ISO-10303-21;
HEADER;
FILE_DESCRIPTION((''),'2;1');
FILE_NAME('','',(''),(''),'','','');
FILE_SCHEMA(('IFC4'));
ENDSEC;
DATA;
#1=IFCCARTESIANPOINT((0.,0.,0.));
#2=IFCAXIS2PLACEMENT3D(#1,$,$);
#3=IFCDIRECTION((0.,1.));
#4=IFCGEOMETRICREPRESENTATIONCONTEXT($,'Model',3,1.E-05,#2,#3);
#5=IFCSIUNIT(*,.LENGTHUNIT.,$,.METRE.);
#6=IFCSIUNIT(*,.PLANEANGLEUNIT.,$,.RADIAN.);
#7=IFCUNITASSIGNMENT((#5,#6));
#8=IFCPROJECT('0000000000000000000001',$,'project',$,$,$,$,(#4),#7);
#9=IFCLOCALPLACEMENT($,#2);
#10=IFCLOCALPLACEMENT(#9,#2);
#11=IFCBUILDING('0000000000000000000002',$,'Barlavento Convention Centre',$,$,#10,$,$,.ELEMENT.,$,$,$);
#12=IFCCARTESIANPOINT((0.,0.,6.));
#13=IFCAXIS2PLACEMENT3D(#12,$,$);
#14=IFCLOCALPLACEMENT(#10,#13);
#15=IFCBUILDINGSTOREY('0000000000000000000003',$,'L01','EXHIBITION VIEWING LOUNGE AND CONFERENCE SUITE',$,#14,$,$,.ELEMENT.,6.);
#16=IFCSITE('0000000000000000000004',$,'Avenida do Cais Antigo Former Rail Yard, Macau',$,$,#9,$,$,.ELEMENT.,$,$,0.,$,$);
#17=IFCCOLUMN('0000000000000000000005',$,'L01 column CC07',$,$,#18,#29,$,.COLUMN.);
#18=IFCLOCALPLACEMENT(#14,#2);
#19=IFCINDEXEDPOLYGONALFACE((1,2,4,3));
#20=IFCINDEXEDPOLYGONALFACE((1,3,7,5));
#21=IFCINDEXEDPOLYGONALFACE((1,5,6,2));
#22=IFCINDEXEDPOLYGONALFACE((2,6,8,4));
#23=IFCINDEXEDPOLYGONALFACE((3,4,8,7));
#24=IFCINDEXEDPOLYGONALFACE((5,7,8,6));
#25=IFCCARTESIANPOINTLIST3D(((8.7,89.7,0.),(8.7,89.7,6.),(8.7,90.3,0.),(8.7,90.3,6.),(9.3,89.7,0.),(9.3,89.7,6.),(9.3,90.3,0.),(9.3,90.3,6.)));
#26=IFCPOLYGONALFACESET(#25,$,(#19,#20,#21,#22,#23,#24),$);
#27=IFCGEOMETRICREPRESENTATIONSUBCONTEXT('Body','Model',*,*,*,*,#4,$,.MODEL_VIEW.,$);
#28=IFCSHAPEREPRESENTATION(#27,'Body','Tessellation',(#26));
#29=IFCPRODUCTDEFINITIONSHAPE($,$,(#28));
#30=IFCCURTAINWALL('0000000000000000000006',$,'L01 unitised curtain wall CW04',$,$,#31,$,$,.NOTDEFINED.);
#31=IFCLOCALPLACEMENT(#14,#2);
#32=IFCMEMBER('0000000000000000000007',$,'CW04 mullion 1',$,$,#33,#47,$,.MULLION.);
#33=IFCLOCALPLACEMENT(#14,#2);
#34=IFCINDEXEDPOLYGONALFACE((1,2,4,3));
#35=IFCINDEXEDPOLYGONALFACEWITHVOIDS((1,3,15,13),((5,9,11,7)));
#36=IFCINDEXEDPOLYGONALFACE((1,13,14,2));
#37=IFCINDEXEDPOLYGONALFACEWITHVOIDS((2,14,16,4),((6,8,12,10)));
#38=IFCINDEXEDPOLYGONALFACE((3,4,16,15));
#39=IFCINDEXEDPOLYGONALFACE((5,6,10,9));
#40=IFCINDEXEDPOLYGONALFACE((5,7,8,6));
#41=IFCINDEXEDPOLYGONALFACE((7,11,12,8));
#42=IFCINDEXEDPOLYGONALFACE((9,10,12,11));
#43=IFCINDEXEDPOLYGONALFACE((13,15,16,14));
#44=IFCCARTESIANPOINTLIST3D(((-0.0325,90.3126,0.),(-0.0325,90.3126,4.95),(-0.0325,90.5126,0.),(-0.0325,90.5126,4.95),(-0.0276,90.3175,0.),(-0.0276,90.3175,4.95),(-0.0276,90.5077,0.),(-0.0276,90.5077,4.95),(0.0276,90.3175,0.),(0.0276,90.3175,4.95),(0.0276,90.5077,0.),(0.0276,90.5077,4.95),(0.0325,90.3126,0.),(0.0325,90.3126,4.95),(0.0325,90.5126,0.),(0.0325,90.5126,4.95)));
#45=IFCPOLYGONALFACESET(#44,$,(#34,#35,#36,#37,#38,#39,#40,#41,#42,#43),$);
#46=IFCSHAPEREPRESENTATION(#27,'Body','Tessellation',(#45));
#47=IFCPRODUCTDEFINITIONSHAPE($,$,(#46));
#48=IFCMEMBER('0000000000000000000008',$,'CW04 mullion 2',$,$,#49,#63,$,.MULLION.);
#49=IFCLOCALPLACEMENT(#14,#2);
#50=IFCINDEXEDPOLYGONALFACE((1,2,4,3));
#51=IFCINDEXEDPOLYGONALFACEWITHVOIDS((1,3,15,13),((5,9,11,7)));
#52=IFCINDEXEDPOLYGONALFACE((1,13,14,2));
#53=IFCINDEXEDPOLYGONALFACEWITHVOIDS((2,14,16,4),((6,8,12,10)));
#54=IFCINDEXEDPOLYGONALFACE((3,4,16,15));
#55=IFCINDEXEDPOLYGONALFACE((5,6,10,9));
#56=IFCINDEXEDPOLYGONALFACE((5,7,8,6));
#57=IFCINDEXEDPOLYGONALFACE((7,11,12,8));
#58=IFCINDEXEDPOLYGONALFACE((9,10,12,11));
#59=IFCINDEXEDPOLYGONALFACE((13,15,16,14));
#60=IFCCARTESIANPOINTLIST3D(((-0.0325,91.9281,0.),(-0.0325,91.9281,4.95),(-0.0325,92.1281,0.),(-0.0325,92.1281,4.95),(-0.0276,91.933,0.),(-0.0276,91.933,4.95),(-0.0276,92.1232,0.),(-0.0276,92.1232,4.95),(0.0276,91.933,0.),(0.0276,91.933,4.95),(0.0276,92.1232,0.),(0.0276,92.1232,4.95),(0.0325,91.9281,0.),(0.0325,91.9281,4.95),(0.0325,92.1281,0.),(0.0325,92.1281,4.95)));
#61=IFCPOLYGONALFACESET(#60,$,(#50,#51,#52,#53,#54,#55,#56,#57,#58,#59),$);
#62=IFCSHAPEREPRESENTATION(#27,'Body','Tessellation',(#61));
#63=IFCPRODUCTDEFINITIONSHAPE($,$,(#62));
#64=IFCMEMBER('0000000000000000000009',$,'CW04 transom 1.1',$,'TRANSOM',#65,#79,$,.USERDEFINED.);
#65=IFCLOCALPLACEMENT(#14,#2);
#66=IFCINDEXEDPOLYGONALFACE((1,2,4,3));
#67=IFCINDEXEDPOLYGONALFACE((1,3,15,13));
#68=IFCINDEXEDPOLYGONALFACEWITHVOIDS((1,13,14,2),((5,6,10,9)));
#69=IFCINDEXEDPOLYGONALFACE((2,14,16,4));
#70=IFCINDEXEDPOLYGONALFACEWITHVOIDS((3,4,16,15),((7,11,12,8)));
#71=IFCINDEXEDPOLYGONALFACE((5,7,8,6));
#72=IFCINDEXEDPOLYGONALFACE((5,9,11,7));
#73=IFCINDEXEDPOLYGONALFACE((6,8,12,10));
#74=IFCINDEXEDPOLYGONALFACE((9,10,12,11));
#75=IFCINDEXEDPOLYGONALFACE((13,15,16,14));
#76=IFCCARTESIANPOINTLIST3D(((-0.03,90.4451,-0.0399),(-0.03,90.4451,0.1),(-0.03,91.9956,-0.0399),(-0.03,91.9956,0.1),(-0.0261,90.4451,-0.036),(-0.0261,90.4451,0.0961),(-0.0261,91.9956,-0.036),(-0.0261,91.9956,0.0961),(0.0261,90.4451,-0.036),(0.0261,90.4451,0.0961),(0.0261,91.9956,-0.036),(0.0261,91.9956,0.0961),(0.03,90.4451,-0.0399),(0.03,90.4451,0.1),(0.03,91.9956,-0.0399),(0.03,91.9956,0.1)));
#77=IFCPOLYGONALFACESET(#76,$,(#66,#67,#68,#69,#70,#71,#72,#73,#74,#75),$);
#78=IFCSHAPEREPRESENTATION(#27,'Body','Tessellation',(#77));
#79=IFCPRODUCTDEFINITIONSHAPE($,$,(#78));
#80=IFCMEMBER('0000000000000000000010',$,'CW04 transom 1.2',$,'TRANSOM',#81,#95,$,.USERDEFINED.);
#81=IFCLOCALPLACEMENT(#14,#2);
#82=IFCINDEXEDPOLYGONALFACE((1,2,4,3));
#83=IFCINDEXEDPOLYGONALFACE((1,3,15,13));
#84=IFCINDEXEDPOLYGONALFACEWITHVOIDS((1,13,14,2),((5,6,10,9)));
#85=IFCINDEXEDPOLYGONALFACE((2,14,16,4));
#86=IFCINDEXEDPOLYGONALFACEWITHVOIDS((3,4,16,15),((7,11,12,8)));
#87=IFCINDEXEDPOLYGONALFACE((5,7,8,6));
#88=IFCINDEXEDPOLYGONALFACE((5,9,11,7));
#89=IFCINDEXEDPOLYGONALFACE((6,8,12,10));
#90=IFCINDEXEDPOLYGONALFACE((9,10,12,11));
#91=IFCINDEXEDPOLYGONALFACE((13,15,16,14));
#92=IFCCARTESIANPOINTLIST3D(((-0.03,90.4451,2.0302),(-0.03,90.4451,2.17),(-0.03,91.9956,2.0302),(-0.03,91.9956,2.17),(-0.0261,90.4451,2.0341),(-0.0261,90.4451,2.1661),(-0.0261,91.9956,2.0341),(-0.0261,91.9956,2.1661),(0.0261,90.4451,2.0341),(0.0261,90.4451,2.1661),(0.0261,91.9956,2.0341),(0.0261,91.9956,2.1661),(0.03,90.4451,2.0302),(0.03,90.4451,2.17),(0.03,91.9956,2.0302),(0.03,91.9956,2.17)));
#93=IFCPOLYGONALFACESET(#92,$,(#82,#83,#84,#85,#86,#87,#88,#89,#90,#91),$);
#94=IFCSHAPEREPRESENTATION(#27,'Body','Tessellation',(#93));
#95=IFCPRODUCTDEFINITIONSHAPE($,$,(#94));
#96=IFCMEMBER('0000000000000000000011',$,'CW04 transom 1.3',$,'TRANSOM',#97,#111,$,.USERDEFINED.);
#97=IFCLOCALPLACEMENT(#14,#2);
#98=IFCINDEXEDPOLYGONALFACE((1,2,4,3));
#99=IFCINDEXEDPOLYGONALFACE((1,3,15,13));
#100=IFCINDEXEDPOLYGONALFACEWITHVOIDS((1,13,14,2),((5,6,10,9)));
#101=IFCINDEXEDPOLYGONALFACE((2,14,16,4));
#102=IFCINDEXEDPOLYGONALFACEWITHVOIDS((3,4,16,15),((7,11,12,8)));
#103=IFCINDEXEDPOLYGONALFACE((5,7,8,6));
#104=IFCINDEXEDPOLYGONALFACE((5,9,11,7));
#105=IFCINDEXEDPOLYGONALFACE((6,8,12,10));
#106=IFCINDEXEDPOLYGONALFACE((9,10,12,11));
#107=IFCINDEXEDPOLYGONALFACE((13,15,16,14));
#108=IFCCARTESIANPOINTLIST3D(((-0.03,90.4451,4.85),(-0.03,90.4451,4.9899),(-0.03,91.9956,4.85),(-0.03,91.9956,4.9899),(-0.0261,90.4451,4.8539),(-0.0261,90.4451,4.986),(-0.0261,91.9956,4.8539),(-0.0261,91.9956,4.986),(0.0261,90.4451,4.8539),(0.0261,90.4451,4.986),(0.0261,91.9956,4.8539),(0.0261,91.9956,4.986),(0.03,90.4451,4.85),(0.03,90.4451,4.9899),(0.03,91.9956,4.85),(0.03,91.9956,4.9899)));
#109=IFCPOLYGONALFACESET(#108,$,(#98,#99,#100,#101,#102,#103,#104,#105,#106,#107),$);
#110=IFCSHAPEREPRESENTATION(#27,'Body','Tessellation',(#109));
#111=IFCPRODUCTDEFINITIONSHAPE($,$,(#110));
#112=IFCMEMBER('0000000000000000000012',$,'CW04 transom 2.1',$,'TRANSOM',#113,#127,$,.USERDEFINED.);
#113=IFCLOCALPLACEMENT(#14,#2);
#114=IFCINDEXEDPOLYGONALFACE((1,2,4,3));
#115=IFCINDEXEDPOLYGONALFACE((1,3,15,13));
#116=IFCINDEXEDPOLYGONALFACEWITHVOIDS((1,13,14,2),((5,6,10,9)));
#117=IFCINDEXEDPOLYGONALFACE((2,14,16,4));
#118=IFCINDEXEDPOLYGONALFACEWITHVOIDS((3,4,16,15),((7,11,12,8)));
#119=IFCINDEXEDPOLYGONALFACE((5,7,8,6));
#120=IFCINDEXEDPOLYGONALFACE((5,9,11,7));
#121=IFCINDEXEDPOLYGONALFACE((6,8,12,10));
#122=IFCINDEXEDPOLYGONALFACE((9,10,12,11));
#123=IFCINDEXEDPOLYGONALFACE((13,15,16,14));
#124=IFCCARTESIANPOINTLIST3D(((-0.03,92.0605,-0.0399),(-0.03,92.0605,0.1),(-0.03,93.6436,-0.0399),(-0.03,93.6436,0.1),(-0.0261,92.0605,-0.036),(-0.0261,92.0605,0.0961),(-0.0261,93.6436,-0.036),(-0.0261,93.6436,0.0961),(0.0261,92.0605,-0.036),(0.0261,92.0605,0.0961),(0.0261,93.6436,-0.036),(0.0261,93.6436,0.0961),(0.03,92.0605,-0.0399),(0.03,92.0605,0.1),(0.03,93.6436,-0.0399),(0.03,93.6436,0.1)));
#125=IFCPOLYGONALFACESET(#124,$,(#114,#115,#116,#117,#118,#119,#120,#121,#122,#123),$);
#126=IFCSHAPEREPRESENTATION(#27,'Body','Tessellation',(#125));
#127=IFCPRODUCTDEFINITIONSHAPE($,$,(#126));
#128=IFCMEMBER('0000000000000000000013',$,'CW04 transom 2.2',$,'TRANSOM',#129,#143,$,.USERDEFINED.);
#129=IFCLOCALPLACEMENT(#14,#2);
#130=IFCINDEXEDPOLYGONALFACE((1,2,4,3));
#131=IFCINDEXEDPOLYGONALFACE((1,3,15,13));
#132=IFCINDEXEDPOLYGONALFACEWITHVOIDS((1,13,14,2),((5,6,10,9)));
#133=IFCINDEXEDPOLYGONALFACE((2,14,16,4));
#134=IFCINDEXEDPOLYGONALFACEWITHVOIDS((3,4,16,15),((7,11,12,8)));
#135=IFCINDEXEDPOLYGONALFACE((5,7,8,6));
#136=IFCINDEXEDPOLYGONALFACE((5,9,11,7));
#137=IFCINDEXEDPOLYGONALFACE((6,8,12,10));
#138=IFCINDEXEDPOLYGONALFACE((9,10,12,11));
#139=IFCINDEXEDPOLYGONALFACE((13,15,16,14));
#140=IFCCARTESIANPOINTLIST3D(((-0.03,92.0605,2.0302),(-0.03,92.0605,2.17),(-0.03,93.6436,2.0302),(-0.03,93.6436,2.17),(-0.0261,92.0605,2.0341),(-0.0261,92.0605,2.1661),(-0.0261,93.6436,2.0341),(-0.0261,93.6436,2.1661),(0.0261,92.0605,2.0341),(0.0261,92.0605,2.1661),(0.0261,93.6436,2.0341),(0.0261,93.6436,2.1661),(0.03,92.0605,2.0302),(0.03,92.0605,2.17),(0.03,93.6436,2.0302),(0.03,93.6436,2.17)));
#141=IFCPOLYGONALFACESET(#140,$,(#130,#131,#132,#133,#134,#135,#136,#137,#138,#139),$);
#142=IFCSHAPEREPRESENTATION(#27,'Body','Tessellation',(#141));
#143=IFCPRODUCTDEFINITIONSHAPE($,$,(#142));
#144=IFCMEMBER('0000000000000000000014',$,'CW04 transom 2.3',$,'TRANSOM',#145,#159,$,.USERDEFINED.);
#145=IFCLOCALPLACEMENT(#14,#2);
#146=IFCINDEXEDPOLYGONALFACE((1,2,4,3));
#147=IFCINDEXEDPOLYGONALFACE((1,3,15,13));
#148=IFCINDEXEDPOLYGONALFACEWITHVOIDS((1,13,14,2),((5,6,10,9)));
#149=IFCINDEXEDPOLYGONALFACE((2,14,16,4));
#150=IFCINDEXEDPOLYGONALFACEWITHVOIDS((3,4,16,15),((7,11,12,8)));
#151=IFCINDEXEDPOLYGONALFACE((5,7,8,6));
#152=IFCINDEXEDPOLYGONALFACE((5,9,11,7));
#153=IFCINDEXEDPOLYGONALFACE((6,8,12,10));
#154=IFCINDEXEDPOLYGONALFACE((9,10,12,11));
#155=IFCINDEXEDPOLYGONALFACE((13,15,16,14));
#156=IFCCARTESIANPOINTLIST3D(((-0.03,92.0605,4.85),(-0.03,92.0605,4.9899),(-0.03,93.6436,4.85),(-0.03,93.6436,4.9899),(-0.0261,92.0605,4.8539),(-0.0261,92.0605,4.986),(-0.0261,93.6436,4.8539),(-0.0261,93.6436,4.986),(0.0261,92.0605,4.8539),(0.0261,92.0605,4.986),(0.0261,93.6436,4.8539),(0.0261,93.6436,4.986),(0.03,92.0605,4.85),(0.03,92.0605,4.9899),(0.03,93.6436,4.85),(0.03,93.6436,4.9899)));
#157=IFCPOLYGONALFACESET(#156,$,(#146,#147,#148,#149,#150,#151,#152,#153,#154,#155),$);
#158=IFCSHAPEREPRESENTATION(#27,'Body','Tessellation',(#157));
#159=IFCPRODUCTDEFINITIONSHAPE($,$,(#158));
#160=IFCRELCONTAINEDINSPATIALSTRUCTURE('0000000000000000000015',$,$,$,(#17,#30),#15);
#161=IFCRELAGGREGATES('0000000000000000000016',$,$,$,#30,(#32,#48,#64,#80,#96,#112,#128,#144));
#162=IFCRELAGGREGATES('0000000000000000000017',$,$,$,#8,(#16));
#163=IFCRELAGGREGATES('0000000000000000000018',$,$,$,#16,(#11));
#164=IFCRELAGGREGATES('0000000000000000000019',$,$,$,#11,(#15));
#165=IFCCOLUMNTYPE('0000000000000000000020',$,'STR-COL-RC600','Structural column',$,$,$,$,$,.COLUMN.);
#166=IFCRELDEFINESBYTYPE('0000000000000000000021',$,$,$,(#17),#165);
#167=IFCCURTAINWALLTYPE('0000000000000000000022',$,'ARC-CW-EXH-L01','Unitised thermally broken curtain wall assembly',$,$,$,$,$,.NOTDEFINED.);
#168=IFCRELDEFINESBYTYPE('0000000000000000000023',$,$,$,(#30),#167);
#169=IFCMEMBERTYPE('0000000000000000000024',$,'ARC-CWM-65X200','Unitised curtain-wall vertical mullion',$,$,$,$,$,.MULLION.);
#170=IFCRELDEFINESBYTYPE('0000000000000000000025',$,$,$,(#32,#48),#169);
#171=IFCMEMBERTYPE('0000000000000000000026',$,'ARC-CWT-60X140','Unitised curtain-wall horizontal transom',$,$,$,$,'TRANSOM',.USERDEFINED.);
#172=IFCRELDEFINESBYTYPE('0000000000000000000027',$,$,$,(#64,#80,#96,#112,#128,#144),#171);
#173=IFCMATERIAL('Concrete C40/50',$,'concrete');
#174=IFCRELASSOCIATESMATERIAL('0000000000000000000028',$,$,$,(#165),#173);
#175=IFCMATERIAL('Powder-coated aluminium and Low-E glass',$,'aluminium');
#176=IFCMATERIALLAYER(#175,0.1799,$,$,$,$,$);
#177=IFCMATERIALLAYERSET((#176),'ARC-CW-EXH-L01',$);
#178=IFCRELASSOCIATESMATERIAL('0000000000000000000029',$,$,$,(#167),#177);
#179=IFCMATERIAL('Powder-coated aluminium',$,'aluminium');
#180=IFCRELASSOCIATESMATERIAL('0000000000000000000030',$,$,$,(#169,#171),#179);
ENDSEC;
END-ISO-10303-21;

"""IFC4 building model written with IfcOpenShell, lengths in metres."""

from ifc_helpers import new_model, si_unit, direction, frame, origin, origin_2d, place, context, subcontext, project, spatial, rectangle, hollow_rectangle, extrude, material, layer, layer_set, material_profile, profile_set, type_object, element, aggregate, save


model = new_model("IFC4")

# Units and contexts
model_context = context("Model", 3, precision=1e-05, world=origin(), true_north=direction((0.0, 1.0)))
body_context = subcontext(model_context, "Body", "Model", "MODEL_VIEW")
ifc_project = project(units=[si_unit("LENGTHUNIT", "METRE"), si_unit("PLANEANGLEUNIT", "RADIAN")], contexts=[model_context])

# Site, building, storey
site_placement = place(None, origin())
site = spatial("IfcSite", under=ifc_project, at=site_placement, Name="Avenida do Cais Antigo Former Rail Yard, Macau", CompositionType="ELEMENT", RefElevation=0.0)
building_placement = place(site_placement, origin())
building = spatial("IfcBuilding", under=site, at=building_placement, Name="Barlavento Convention Centre", CompositionType="ELEMENT")
storey_placement = place(building_placement, frame((0.0, 0.0, 6.0)))
storey = spatial("IfcBuildingStorey", under=building, at=storey_placement, Name="L01", Description="EXHIBITION VIEWING LOUNGE AND CONFERENCE SUITE", CompositionType="ELEMENT", Elevation=6.0)

# Column
ifc_material_1 = material(Name="Concrete C40/50", Category="concrete")
ifc_material_profile_1 = material_profile(ifc_material_1, rectangle(XDim=0.6001, YDim=0.6001, at=origin_2d()), Name="RC 600x600")
ifc_profile_set_1 = profile_set([ifc_material_profile_1], Name="Concrete C40/50")
column_type = type_object("IfcColumnType", Name="STR-COL-RC600", Description="Structural column", PredefinedType="COLUMN", material=ifc_profile_set_1)
column_placement = place(storey_placement, frame((9.0, 90.0, 0.0), z_axis=(0.0, 0.0, 1.0), x_axis=(1.0, 0.0, 0.0)))
element("IfcColumn", 1, at=column_placement, inside=storey, type_object=column_type, Name="L01 column CC07", PredefinedType="COLUMN", context=body_context, shape_type="SweptSolid", body=[
    extrude(rectangle(XDim=0.6001, YDim=0.6001, at=origin_2d()), origin(), (0.0, 0.0, 1.0), 6.0),
])

# Curtain wall, members
ifc_material_2 = material(Name="Powder-coated aluminium and Low-E glass", Category="aluminium")
ifc_layer_1 = layer(ifc_material_2, 0.1799)
ifc_layer_set_1 = layer_set([ifc_layer_1], Name="ARC-CW-EXH-L01")
curtain_wall_type = type_object("IfcCurtainWallType", Name="ARC-CW-EXH-L01", Description="Unitised thermally broken curtain wall assembly", PredefinedType="NOTDEFINED", material=ifc_layer_set_1)
curtain_wall_placement = place(storey_placement, origin())
curtain_wall = element("IfcCurtainWall", 2, at=curtain_wall_placement, inside=storey, type_object=curtain_wall_type, Name="L01 unitised curtain wall CW04", PredefinedType="NOTDEFINED")
ifc_material_3 = material(Name="Powder-coated aluminium", Category="aluminium")
ifc_material_profile_2 = material_profile(ifc_material_3, hollow_rectangle(XDim=0.0649, YDim=0.2, WallThickness=0.0049, at=origin_2d()), Name="AL-MULL 65x200x5")
ifc_profile_set_2 = profile_set([ifc_material_profile_2], Name="Powder-coated aluminium")
member_type_1 = type_object("IfcMemberType", Name="ARC-CWM-65X200", Description="Unitised curtain-wall vertical mullion", PredefinedType="MULLION", material=ifc_profile_set_2)
member_1_placement = place(storey_placement, frame((0.0, 90.4126, 0.0), z_axis=(0.0, 0.0, 1.0), x_axis=(-1.0, 0.0, 0.0)))
member_1 = element("IfcMember", 3, at=member_1_placement, type_object=member_type_1, Name="CW04 mullion 1", PredefinedType="MULLION", context=body_context, shape_type="SweptSolid", body=[
    extrude(hollow_rectangle(XDim=0.0649, YDim=0.2, WallThickness=0.0049, at=origin_2d()), origin(), (0.0, 0.0, 1.0), 4.95),
])
member_2_placement = place(storey_placement, frame((0.0, 92.0281, 0.0), z_axis=(0.0, 0.0, 1.0), x_axis=(-1.0, 0.0, 0.0)))
member_2 = element("IfcMember", 4, at=member_2_placement, type_object=member_type_1, Name="CW04 mullion 2", PredefinedType="MULLION", context=body_context, shape_type="SweptSolid", body=[
    extrude(hollow_rectangle(XDim=0.0649, YDim=0.2, WallThickness=0.0049, at=origin_2d()), origin(), (0.0, 0.0, 1.0), 4.95),
])
ifc_material_profile_3 = material_profile(ifc_material_3, hollow_rectangle(XDim=0.0601, YDim=0.1399, WallThickness=0.0039, at=origin_2d()), Name="AL-TRAN 60x140x4")
ifc_profile_set_3 = profile_set([ifc_material_profile_3], Name="Powder-coated aluminium")
member_type_2 = type_object("IfcMemberType", Name="ARC-CWT-60X140", Description="Unitised curtain-wall horizontal transom", ElementType="TRANSOM", PredefinedType="USERDEFINED", material=ifc_profile_set_3)
member_3_placement = place(storey_placement, frame((0.0, 90.4451, 0.03), z_axis=(0.0, 1.0, 0.0), x_axis=(-1.0, 0.0, 0.0)))
member_3 = element("IfcMember", 5, at=member_3_placement, type_object=member_type_2, Name="CW04 transom 1.1", ObjectType="TRANSOM", PredefinedType="USERDEFINED", context=body_context, shape_type="SweptSolid", body=[
    extrude(hollow_rectangle(XDim=0.0601, YDim=0.1399, WallThickness=0.0039, at=origin_2d()), origin(), (0.0, 0.0, 1.0), 1.5505),
])
member_4_placement = place(storey_placement, frame((0.0, 90.4451, 2.1001), z_axis=(0.0, 1.0, 0.0), x_axis=(-1.0, 0.0, 0.0)))
member_4 = element("IfcMember", 6, at=member_4_placement, type_object=member_type_2, Name="CW04 transom 1.2", ObjectType="TRANSOM", PredefinedType="USERDEFINED", context=body_context, shape_type="SweptSolid", body=[
    extrude(hollow_rectangle(XDim=0.0601, YDim=0.1399, WallThickness=0.0039, at=origin_2d()), origin(), (0.0, 0.0, 1.0), 1.5505),
])
member_5_placement = place(storey_placement, frame((0.0, 90.4451, 4.9199), z_axis=(0.0, 1.0, 0.0), x_axis=(-1.0, 0.0, 0.0)))
member_5 = element("IfcMember", 7, at=member_5_placement, type_object=member_type_2, Name="CW04 transom 1.3", ObjectType="TRANSOM", PredefinedType="USERDEFINED", context=body_context, shape_type="SweptSolid", body=[
    extrude(hollow_rectangle(XDim=0.0601, YDim=0.1399, WallThickness=0.0039, at=origin_2d()), origin(), (0.0, 0.0, 1.0), 1.5505),
])
member_6_placement = place(storey_placement, frame((0.0, 92.0605, 0.03), z_axis=(0.0, 1.0, 0.0), x_axis=(-1.0, 0.0, 0.0)))
member_6 = element("IfcMember", 8, at=member_6_placement, type_object=member_type_2, Name="CW04 transom 2.1", ObjectType="TRANSOM", PredefinedType="USERDEFINED", context=body_context, shape_type="SweptSolid", body=[
    extrude(hollow_rectangle(XDim=0.0601, YDim=0.1399, WallThickness=0.0039, at=origin_2d()), origin(), (0.0, 0.0, 1.0), 1.583),
])
member_7_placement = place(storey_placement, frame((0.0, 92.0605, 2.1001), z_axis=(0.0, 1.0, 0.0), x_axis=(-1.0, 0.0, 0.0)))
member_7 = element("IfcMember", 9, at=member_7_placement, type_object=member_type_2, Name="CW04 transom 2.2", ObjectType="TRANSOM", PredefinedType="USERDEFINED", context=body_context, shape_type="SweptSolid", body=[
    extrude(hollow_rectangle(XDim=0.0601, YDim=0.1399, WallThickness=0.0039, at=origin_2d()), origin(), (0.0, 0.0, 1.0), 1.583),
])
member_8_placement = place(storey_placement, frame((0.0, 92.0605, 4.9199), z_axis=(0.0, 1.0, 0.0), x_axis=(-1.0, 0.0, 0.0)))
member_8 = element("IfcMember", 10, at=member_8_placement, type_object=member_type_2, Name="CW04 transom 2.3", ObjectType="TRANSOM", PredefinedType="USERDEFINED", context=body_context, shape_type="SweptSolid", body=[
    extrude(hollow_rectangle(XDim=0.0601, YDim=0.1399, WallThickness=0.0039, at=origin_2d()), origin(), (0.0, 0.0, 1.0), 1.583),
])

aggregate(curtain_wall, [member_1, member_2, member_3, member_4, member_5, member_6, member_7, member_8])

save(model, "model.ifc")
